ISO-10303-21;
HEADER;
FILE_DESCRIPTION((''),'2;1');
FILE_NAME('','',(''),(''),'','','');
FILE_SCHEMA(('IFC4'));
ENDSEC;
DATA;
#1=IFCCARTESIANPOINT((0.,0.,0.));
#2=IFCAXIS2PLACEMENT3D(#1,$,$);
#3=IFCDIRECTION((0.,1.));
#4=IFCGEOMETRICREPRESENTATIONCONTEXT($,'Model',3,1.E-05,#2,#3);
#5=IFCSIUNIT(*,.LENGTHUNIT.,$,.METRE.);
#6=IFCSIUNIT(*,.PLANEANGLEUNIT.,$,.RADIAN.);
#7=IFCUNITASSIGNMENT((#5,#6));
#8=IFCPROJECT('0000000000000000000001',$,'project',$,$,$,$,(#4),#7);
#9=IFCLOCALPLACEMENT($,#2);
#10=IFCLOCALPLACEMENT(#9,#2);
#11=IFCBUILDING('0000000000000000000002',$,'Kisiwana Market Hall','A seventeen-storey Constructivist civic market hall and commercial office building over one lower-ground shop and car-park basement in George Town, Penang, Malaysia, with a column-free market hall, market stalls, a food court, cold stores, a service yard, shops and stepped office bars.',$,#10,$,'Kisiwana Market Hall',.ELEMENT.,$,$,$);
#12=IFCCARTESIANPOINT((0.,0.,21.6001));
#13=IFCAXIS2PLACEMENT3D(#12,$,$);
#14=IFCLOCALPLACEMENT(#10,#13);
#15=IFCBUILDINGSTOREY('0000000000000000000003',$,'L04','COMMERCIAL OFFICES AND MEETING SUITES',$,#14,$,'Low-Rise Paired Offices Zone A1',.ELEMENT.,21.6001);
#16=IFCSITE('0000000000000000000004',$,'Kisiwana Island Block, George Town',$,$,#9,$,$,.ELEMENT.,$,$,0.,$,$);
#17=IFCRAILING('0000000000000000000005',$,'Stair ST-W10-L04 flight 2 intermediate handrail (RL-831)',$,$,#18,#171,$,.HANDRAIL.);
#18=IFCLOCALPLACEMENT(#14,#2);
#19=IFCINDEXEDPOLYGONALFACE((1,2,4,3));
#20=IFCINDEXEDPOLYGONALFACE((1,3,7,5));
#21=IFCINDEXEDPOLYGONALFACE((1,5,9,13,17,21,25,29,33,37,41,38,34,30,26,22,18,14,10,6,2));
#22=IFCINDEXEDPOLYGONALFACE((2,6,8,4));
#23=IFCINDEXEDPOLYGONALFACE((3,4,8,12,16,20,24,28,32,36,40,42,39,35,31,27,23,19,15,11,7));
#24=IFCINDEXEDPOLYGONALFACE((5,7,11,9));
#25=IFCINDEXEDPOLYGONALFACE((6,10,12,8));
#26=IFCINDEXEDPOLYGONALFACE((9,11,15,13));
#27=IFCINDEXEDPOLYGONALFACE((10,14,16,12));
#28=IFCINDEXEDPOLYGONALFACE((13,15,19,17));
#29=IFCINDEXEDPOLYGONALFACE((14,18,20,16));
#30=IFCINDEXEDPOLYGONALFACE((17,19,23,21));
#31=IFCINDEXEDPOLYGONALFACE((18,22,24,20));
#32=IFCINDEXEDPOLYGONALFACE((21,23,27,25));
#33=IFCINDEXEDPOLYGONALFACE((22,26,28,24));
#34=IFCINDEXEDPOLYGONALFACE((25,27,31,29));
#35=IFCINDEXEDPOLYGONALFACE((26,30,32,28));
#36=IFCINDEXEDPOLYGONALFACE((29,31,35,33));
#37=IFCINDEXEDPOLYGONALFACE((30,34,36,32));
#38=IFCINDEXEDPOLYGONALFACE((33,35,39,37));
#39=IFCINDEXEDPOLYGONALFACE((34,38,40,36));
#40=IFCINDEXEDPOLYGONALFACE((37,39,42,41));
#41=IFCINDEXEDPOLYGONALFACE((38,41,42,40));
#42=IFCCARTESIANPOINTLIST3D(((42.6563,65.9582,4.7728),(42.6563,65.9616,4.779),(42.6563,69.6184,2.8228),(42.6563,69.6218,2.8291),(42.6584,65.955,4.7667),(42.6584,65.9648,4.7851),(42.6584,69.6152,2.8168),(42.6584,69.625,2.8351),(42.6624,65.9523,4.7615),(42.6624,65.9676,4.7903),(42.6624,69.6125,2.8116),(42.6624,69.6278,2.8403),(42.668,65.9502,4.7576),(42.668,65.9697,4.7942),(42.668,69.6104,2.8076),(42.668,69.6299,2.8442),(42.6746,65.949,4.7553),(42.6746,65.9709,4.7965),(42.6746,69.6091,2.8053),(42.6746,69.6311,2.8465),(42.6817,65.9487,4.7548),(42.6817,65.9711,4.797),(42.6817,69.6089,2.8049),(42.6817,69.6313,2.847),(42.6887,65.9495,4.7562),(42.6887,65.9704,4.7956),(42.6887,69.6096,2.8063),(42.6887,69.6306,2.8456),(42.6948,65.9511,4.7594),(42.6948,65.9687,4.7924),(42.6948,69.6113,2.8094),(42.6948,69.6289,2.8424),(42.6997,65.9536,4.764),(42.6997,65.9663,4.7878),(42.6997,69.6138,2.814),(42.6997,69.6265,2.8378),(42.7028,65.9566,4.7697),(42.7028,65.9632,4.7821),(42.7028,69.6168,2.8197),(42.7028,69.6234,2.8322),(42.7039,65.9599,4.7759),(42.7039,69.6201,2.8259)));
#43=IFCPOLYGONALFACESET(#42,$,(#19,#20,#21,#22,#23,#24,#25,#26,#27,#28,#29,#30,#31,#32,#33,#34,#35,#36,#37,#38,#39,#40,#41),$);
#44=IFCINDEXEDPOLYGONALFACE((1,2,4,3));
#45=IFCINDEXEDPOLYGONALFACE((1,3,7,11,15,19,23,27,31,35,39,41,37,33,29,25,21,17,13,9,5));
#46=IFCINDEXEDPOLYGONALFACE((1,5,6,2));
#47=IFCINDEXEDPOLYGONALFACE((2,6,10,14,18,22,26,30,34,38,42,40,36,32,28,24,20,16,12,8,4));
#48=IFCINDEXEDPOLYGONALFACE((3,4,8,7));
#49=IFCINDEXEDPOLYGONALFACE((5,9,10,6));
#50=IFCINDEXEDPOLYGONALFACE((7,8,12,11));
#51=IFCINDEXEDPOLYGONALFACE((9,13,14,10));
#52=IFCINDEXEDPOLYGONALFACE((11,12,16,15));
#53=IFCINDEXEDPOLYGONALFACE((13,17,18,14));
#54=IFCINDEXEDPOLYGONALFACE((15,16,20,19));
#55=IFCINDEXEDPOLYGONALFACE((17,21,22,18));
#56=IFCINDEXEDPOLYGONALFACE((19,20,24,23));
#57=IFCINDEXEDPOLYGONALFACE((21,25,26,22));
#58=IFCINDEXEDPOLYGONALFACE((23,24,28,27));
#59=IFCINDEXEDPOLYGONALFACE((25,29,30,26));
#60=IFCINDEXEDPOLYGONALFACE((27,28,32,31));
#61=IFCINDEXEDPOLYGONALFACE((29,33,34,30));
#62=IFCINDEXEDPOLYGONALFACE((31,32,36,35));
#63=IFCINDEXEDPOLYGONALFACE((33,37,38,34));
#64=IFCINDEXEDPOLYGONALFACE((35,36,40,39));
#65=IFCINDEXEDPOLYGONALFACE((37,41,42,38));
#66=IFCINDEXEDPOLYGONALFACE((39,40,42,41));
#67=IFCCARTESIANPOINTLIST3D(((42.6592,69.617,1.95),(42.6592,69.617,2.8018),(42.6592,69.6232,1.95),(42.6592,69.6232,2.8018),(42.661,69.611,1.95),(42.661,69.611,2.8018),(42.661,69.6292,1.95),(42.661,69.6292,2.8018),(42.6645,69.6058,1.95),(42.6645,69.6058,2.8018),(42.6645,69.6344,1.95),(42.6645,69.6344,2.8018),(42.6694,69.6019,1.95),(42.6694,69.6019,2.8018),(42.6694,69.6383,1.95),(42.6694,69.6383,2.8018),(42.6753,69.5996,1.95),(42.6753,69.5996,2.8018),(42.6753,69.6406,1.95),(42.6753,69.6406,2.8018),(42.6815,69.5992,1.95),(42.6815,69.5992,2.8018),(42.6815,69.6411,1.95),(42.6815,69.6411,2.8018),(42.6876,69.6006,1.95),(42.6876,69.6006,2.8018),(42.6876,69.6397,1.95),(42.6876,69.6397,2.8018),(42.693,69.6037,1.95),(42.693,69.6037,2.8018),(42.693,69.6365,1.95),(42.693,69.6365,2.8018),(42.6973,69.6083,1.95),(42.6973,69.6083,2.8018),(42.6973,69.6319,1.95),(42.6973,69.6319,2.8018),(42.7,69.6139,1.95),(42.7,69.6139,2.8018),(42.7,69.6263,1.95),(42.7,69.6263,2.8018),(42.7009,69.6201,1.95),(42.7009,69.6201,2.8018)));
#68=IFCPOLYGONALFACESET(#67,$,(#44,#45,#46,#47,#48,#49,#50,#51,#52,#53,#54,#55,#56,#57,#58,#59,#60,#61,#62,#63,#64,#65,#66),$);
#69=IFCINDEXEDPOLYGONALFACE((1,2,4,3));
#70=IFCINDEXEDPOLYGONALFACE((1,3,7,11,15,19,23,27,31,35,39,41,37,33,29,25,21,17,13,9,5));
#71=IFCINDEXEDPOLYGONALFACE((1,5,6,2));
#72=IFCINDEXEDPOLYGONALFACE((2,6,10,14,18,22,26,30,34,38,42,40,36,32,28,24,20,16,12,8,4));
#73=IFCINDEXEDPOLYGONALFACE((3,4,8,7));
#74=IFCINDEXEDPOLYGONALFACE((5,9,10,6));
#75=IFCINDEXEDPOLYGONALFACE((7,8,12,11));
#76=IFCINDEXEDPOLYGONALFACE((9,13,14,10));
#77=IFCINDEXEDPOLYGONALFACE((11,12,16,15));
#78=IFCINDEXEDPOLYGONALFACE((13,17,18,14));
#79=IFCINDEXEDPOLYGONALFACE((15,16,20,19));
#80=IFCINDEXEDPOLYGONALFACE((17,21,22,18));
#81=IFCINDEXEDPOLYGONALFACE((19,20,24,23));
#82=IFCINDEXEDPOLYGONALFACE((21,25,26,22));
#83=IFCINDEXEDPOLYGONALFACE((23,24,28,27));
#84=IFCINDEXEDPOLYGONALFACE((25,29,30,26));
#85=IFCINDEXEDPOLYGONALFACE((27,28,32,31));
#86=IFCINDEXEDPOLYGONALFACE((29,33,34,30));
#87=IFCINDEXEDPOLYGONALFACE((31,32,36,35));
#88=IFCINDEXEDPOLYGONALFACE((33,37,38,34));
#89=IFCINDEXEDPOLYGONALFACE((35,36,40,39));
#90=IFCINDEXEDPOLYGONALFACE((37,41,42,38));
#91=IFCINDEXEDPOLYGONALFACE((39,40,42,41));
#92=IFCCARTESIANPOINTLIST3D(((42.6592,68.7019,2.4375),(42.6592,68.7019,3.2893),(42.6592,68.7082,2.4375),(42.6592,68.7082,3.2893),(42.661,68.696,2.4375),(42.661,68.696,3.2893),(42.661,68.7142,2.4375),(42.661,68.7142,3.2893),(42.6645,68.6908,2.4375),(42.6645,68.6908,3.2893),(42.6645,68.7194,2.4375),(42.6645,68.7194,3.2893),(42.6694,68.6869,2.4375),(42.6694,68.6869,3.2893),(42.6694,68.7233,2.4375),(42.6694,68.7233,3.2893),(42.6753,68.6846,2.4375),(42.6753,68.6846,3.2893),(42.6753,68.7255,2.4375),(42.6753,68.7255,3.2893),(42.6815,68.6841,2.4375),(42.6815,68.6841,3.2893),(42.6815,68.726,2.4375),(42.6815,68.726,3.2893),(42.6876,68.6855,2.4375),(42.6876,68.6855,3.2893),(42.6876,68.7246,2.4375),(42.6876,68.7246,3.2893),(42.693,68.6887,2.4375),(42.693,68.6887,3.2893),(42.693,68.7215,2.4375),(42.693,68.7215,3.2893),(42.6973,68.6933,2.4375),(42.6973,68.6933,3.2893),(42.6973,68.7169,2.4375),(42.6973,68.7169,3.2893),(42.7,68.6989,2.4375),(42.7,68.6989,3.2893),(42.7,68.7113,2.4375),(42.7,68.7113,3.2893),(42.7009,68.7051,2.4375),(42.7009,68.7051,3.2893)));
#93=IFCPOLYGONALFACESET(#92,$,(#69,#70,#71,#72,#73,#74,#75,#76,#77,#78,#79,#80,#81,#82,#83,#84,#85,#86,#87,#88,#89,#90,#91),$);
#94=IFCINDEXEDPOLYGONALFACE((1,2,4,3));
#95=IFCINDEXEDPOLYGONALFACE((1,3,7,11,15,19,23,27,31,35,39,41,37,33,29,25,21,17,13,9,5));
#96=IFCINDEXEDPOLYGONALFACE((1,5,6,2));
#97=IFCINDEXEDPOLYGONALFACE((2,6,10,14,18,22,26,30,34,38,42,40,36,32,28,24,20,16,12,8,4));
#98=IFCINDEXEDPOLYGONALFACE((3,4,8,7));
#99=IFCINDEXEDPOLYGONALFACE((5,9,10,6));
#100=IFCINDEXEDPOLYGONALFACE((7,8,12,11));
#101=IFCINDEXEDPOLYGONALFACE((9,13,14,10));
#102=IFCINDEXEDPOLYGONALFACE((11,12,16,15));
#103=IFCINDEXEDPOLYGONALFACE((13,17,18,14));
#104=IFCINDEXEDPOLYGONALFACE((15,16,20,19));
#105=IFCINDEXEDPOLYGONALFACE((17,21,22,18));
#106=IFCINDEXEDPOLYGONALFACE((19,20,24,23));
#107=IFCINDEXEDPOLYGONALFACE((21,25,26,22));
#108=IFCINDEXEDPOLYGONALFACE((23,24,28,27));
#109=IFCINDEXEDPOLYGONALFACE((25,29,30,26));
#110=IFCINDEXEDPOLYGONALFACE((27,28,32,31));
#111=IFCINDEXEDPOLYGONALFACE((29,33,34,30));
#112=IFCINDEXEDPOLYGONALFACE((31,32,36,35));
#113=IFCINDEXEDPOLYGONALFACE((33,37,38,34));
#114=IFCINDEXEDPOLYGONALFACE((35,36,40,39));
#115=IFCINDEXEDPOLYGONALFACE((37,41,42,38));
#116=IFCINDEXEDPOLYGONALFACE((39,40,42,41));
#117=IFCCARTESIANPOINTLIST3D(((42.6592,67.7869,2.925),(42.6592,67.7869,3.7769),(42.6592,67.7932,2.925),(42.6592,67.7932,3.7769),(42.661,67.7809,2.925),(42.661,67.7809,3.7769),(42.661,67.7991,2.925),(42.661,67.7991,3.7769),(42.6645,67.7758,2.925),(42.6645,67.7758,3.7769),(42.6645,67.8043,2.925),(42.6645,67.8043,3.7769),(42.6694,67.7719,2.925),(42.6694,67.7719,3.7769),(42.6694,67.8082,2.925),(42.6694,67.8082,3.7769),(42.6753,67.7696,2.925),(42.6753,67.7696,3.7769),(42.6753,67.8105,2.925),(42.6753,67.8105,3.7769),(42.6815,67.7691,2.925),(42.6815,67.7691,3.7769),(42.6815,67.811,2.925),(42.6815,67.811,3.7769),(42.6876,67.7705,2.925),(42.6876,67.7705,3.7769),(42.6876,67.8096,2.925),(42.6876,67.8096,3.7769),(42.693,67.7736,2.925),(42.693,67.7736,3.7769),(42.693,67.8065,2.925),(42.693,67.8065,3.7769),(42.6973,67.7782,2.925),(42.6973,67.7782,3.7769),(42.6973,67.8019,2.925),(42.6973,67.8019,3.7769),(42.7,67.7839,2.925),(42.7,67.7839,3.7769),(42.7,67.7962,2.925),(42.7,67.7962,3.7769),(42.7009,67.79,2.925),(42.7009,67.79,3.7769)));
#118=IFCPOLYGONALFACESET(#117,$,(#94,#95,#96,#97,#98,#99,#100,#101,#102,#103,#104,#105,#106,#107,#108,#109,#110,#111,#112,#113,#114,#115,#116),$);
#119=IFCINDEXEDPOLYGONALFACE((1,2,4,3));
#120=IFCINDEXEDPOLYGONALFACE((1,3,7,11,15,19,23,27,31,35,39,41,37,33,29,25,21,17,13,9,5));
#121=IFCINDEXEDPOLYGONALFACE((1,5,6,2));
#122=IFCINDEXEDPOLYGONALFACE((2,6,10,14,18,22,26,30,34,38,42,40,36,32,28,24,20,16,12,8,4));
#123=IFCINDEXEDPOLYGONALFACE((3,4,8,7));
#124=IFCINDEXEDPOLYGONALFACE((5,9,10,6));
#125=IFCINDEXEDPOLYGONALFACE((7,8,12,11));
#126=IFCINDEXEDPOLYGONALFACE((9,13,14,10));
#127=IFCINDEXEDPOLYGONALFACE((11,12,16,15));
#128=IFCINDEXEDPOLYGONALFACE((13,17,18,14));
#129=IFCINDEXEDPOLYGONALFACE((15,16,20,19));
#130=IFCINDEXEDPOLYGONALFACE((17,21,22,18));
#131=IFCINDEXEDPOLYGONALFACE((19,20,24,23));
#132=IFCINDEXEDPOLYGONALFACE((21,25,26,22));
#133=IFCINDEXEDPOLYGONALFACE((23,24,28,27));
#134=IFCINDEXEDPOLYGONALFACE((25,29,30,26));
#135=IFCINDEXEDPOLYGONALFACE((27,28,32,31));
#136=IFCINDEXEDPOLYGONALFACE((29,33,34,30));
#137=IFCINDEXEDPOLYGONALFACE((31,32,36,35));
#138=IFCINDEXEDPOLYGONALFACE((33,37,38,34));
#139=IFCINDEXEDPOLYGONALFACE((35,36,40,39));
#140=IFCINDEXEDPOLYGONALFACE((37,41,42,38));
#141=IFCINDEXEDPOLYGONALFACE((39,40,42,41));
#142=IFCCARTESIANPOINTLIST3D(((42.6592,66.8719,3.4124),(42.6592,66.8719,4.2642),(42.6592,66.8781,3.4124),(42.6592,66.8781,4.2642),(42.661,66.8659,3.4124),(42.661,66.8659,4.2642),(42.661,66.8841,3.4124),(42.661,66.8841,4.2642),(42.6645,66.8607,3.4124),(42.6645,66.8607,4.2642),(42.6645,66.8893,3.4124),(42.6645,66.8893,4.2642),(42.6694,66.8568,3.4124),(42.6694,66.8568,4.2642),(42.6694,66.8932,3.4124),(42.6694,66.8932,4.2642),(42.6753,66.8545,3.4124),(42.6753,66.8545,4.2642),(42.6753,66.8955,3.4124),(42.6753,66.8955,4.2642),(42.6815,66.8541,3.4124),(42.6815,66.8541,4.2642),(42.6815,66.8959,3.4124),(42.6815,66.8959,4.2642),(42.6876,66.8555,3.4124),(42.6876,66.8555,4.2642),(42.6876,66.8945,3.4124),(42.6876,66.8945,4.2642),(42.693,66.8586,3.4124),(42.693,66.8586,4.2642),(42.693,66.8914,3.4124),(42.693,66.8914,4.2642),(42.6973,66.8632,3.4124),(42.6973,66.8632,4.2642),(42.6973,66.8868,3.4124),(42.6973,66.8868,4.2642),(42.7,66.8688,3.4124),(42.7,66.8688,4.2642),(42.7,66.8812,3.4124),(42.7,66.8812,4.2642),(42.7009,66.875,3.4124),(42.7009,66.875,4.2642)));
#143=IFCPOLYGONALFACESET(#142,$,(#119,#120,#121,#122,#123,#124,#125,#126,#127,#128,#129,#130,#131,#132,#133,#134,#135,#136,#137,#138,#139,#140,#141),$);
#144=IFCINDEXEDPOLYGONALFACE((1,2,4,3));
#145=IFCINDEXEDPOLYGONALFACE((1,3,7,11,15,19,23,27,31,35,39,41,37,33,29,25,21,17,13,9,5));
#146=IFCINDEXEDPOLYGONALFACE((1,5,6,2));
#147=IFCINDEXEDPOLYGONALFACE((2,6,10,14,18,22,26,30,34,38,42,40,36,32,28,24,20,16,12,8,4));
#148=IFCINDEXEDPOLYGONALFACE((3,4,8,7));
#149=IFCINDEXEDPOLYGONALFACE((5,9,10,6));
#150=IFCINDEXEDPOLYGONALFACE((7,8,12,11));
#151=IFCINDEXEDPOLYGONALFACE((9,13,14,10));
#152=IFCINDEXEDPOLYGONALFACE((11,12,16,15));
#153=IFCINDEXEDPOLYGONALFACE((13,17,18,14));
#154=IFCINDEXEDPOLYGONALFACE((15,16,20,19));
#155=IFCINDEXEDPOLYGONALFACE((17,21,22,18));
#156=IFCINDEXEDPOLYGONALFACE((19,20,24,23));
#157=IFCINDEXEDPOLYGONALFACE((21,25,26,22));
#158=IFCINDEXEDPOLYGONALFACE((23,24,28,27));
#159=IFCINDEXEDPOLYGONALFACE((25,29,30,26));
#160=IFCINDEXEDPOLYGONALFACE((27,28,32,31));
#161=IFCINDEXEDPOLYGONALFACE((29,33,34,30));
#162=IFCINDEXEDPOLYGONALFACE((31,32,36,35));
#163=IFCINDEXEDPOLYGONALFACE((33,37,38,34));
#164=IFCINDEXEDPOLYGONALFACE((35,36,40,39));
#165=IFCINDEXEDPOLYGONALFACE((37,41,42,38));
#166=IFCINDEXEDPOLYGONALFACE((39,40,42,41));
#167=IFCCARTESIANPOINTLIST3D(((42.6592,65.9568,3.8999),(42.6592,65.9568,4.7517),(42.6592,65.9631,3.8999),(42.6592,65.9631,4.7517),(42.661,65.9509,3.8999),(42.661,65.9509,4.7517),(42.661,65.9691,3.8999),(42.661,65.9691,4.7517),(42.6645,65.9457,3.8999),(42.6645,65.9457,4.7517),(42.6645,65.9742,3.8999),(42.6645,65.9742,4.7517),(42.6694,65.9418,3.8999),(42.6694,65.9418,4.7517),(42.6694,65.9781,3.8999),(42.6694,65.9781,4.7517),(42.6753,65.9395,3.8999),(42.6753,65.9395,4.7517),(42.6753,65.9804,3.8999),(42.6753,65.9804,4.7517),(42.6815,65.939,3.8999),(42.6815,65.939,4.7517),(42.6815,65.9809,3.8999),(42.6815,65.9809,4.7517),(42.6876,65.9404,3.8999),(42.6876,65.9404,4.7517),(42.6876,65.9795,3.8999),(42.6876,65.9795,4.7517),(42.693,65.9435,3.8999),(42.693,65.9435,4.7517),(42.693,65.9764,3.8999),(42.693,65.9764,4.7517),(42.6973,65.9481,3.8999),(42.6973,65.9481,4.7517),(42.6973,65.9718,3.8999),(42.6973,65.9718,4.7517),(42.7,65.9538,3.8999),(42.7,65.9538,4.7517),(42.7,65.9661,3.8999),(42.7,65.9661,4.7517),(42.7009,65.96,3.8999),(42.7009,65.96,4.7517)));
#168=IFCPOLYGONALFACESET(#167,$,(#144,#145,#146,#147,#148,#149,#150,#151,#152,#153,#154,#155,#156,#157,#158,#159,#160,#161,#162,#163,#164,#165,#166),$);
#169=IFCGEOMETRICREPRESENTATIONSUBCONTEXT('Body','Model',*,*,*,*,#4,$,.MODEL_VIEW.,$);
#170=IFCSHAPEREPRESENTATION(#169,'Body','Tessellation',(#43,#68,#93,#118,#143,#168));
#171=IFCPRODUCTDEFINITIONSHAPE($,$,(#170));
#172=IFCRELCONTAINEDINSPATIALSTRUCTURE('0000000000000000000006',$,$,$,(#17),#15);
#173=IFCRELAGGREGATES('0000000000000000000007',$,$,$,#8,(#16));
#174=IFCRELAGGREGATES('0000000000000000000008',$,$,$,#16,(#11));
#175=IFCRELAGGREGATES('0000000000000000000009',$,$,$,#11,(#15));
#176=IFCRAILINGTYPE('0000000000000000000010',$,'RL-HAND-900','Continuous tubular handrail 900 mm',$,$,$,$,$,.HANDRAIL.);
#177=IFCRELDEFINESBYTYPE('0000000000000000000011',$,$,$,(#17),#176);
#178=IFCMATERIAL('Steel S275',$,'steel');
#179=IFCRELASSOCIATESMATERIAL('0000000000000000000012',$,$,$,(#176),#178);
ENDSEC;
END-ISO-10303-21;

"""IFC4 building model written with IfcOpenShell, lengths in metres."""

from ifc_helpers import new_model, si_unit, direction, frame, origin, origin_2d, place, context, subcontext, project, spatial, circle, extrude, material, type_object, element, save


model = new_model("IFC4")

# Units and contexts
model_context = context("Model", 3, precision=1e-05, world=origin(), true_north=direction((0.0, 1.0)))
body_context = subcontext(model_context, "Body", "Model", "MODEL_VIEW")
ifc_project = project(units=[si_unit("LENGTHUNIT", "METRE"), si_unit("PLANEANGLEUNIT", "RADIAN")], contexts=[model_context])

# Site, building, storey
site_placement = place(None, origin())
site = spatial("IfcSite", under=ifc_project, at=site_placement, Name="Kisiwana Island Block, George Town", CompositionType="ELEMENT", RefElevation=0.0)
building_placement = place(site_placement, origin())
building = spatial("IfcBuilding", under=site, at=building_placement, Name="Kisiwana Market Hall", Description="A seventeen-storey Constructivist civic market hall and commercial office building over one lower-ground shop and car-park basement in George Town, Penang, Malaysia, with a column-free market hall, market stalls, a food court, cold stores, a service yard, shops and stepped office bars.", LongName="Kisiwana Market Hall", CompositionType="ELEMENT")
storey_placement = place(building_placement, frame((0.0, 0.0, 21.6001)))
storey = spatial("IfcBuildingStorey", under=building, at=storey_placement, Name="L04", Description="COMMERCIAL OFFICES AND MEETING SUITES", LongName="Low-Rise Paired Offices Zone A1", CompositionType="ELEMENT", Elevation=21.6001)

# Railing
ifc_material_1 = material(Name="Steel S275", Category="steel")
railing_type_1 = type_object("IfcRailingType", Name="RL-HAND-900", Description="Continuous tubular handrail 900 mm", PredefinedType="HANDRAIL", material=ifc_material_1)
railing_1_placement = place(storey_placement, frame((42.6799, 69.6201, 1.95)))
element("IfcRailing", 1, at=railing_1_placement, inside=storey, type_object=railing_type_1, Name="Stair ST-W10-L04 flight 2 intermediate handrail (RL-831)", PredefinedType="HANDRAIL", context=body_context, shape_type="SweptSolid", body=[
    extrude(circle(Radius=0.0239, at=origin_2d()), frame((0.0, 0.0, 0.876), z_axis=(0.0, -0.882566, 0.470188), x_axis=(1.0, 0.0, 0.0)), (0.0, 0.0, 1.0), 4.1472),
    extrude(circle(Radius=0.021, at=origin_2d()), origin(), (0.0, 0.0, 1.0), 0.8518),
    extrude(circle(Radius=0.021, at=origin_2d()), frame((0.0, -0.915, 0.4875)), (0.0, 0.0, 1.0), 0.8518),
    extrude(circle(Radius=0.021, at=origin_2d()), frame((0.0, -1.8301, 0.9751)), (0.0, 0.0, 1.0), 0.8518),
    extrude(circle(Radius=0.021, at=origin_2d()), frame((0.0, -2.7451, 1.4624)), (0.0, 0.0, 1.0), 0.8518),
    extrude(circle(Radius=0.021, at=origin_2d()), frame((0.0, -3.6602, 1.95)), (0.0, 0.0, 1.0), 0.8518),
])

save(model, "model.ifc")
